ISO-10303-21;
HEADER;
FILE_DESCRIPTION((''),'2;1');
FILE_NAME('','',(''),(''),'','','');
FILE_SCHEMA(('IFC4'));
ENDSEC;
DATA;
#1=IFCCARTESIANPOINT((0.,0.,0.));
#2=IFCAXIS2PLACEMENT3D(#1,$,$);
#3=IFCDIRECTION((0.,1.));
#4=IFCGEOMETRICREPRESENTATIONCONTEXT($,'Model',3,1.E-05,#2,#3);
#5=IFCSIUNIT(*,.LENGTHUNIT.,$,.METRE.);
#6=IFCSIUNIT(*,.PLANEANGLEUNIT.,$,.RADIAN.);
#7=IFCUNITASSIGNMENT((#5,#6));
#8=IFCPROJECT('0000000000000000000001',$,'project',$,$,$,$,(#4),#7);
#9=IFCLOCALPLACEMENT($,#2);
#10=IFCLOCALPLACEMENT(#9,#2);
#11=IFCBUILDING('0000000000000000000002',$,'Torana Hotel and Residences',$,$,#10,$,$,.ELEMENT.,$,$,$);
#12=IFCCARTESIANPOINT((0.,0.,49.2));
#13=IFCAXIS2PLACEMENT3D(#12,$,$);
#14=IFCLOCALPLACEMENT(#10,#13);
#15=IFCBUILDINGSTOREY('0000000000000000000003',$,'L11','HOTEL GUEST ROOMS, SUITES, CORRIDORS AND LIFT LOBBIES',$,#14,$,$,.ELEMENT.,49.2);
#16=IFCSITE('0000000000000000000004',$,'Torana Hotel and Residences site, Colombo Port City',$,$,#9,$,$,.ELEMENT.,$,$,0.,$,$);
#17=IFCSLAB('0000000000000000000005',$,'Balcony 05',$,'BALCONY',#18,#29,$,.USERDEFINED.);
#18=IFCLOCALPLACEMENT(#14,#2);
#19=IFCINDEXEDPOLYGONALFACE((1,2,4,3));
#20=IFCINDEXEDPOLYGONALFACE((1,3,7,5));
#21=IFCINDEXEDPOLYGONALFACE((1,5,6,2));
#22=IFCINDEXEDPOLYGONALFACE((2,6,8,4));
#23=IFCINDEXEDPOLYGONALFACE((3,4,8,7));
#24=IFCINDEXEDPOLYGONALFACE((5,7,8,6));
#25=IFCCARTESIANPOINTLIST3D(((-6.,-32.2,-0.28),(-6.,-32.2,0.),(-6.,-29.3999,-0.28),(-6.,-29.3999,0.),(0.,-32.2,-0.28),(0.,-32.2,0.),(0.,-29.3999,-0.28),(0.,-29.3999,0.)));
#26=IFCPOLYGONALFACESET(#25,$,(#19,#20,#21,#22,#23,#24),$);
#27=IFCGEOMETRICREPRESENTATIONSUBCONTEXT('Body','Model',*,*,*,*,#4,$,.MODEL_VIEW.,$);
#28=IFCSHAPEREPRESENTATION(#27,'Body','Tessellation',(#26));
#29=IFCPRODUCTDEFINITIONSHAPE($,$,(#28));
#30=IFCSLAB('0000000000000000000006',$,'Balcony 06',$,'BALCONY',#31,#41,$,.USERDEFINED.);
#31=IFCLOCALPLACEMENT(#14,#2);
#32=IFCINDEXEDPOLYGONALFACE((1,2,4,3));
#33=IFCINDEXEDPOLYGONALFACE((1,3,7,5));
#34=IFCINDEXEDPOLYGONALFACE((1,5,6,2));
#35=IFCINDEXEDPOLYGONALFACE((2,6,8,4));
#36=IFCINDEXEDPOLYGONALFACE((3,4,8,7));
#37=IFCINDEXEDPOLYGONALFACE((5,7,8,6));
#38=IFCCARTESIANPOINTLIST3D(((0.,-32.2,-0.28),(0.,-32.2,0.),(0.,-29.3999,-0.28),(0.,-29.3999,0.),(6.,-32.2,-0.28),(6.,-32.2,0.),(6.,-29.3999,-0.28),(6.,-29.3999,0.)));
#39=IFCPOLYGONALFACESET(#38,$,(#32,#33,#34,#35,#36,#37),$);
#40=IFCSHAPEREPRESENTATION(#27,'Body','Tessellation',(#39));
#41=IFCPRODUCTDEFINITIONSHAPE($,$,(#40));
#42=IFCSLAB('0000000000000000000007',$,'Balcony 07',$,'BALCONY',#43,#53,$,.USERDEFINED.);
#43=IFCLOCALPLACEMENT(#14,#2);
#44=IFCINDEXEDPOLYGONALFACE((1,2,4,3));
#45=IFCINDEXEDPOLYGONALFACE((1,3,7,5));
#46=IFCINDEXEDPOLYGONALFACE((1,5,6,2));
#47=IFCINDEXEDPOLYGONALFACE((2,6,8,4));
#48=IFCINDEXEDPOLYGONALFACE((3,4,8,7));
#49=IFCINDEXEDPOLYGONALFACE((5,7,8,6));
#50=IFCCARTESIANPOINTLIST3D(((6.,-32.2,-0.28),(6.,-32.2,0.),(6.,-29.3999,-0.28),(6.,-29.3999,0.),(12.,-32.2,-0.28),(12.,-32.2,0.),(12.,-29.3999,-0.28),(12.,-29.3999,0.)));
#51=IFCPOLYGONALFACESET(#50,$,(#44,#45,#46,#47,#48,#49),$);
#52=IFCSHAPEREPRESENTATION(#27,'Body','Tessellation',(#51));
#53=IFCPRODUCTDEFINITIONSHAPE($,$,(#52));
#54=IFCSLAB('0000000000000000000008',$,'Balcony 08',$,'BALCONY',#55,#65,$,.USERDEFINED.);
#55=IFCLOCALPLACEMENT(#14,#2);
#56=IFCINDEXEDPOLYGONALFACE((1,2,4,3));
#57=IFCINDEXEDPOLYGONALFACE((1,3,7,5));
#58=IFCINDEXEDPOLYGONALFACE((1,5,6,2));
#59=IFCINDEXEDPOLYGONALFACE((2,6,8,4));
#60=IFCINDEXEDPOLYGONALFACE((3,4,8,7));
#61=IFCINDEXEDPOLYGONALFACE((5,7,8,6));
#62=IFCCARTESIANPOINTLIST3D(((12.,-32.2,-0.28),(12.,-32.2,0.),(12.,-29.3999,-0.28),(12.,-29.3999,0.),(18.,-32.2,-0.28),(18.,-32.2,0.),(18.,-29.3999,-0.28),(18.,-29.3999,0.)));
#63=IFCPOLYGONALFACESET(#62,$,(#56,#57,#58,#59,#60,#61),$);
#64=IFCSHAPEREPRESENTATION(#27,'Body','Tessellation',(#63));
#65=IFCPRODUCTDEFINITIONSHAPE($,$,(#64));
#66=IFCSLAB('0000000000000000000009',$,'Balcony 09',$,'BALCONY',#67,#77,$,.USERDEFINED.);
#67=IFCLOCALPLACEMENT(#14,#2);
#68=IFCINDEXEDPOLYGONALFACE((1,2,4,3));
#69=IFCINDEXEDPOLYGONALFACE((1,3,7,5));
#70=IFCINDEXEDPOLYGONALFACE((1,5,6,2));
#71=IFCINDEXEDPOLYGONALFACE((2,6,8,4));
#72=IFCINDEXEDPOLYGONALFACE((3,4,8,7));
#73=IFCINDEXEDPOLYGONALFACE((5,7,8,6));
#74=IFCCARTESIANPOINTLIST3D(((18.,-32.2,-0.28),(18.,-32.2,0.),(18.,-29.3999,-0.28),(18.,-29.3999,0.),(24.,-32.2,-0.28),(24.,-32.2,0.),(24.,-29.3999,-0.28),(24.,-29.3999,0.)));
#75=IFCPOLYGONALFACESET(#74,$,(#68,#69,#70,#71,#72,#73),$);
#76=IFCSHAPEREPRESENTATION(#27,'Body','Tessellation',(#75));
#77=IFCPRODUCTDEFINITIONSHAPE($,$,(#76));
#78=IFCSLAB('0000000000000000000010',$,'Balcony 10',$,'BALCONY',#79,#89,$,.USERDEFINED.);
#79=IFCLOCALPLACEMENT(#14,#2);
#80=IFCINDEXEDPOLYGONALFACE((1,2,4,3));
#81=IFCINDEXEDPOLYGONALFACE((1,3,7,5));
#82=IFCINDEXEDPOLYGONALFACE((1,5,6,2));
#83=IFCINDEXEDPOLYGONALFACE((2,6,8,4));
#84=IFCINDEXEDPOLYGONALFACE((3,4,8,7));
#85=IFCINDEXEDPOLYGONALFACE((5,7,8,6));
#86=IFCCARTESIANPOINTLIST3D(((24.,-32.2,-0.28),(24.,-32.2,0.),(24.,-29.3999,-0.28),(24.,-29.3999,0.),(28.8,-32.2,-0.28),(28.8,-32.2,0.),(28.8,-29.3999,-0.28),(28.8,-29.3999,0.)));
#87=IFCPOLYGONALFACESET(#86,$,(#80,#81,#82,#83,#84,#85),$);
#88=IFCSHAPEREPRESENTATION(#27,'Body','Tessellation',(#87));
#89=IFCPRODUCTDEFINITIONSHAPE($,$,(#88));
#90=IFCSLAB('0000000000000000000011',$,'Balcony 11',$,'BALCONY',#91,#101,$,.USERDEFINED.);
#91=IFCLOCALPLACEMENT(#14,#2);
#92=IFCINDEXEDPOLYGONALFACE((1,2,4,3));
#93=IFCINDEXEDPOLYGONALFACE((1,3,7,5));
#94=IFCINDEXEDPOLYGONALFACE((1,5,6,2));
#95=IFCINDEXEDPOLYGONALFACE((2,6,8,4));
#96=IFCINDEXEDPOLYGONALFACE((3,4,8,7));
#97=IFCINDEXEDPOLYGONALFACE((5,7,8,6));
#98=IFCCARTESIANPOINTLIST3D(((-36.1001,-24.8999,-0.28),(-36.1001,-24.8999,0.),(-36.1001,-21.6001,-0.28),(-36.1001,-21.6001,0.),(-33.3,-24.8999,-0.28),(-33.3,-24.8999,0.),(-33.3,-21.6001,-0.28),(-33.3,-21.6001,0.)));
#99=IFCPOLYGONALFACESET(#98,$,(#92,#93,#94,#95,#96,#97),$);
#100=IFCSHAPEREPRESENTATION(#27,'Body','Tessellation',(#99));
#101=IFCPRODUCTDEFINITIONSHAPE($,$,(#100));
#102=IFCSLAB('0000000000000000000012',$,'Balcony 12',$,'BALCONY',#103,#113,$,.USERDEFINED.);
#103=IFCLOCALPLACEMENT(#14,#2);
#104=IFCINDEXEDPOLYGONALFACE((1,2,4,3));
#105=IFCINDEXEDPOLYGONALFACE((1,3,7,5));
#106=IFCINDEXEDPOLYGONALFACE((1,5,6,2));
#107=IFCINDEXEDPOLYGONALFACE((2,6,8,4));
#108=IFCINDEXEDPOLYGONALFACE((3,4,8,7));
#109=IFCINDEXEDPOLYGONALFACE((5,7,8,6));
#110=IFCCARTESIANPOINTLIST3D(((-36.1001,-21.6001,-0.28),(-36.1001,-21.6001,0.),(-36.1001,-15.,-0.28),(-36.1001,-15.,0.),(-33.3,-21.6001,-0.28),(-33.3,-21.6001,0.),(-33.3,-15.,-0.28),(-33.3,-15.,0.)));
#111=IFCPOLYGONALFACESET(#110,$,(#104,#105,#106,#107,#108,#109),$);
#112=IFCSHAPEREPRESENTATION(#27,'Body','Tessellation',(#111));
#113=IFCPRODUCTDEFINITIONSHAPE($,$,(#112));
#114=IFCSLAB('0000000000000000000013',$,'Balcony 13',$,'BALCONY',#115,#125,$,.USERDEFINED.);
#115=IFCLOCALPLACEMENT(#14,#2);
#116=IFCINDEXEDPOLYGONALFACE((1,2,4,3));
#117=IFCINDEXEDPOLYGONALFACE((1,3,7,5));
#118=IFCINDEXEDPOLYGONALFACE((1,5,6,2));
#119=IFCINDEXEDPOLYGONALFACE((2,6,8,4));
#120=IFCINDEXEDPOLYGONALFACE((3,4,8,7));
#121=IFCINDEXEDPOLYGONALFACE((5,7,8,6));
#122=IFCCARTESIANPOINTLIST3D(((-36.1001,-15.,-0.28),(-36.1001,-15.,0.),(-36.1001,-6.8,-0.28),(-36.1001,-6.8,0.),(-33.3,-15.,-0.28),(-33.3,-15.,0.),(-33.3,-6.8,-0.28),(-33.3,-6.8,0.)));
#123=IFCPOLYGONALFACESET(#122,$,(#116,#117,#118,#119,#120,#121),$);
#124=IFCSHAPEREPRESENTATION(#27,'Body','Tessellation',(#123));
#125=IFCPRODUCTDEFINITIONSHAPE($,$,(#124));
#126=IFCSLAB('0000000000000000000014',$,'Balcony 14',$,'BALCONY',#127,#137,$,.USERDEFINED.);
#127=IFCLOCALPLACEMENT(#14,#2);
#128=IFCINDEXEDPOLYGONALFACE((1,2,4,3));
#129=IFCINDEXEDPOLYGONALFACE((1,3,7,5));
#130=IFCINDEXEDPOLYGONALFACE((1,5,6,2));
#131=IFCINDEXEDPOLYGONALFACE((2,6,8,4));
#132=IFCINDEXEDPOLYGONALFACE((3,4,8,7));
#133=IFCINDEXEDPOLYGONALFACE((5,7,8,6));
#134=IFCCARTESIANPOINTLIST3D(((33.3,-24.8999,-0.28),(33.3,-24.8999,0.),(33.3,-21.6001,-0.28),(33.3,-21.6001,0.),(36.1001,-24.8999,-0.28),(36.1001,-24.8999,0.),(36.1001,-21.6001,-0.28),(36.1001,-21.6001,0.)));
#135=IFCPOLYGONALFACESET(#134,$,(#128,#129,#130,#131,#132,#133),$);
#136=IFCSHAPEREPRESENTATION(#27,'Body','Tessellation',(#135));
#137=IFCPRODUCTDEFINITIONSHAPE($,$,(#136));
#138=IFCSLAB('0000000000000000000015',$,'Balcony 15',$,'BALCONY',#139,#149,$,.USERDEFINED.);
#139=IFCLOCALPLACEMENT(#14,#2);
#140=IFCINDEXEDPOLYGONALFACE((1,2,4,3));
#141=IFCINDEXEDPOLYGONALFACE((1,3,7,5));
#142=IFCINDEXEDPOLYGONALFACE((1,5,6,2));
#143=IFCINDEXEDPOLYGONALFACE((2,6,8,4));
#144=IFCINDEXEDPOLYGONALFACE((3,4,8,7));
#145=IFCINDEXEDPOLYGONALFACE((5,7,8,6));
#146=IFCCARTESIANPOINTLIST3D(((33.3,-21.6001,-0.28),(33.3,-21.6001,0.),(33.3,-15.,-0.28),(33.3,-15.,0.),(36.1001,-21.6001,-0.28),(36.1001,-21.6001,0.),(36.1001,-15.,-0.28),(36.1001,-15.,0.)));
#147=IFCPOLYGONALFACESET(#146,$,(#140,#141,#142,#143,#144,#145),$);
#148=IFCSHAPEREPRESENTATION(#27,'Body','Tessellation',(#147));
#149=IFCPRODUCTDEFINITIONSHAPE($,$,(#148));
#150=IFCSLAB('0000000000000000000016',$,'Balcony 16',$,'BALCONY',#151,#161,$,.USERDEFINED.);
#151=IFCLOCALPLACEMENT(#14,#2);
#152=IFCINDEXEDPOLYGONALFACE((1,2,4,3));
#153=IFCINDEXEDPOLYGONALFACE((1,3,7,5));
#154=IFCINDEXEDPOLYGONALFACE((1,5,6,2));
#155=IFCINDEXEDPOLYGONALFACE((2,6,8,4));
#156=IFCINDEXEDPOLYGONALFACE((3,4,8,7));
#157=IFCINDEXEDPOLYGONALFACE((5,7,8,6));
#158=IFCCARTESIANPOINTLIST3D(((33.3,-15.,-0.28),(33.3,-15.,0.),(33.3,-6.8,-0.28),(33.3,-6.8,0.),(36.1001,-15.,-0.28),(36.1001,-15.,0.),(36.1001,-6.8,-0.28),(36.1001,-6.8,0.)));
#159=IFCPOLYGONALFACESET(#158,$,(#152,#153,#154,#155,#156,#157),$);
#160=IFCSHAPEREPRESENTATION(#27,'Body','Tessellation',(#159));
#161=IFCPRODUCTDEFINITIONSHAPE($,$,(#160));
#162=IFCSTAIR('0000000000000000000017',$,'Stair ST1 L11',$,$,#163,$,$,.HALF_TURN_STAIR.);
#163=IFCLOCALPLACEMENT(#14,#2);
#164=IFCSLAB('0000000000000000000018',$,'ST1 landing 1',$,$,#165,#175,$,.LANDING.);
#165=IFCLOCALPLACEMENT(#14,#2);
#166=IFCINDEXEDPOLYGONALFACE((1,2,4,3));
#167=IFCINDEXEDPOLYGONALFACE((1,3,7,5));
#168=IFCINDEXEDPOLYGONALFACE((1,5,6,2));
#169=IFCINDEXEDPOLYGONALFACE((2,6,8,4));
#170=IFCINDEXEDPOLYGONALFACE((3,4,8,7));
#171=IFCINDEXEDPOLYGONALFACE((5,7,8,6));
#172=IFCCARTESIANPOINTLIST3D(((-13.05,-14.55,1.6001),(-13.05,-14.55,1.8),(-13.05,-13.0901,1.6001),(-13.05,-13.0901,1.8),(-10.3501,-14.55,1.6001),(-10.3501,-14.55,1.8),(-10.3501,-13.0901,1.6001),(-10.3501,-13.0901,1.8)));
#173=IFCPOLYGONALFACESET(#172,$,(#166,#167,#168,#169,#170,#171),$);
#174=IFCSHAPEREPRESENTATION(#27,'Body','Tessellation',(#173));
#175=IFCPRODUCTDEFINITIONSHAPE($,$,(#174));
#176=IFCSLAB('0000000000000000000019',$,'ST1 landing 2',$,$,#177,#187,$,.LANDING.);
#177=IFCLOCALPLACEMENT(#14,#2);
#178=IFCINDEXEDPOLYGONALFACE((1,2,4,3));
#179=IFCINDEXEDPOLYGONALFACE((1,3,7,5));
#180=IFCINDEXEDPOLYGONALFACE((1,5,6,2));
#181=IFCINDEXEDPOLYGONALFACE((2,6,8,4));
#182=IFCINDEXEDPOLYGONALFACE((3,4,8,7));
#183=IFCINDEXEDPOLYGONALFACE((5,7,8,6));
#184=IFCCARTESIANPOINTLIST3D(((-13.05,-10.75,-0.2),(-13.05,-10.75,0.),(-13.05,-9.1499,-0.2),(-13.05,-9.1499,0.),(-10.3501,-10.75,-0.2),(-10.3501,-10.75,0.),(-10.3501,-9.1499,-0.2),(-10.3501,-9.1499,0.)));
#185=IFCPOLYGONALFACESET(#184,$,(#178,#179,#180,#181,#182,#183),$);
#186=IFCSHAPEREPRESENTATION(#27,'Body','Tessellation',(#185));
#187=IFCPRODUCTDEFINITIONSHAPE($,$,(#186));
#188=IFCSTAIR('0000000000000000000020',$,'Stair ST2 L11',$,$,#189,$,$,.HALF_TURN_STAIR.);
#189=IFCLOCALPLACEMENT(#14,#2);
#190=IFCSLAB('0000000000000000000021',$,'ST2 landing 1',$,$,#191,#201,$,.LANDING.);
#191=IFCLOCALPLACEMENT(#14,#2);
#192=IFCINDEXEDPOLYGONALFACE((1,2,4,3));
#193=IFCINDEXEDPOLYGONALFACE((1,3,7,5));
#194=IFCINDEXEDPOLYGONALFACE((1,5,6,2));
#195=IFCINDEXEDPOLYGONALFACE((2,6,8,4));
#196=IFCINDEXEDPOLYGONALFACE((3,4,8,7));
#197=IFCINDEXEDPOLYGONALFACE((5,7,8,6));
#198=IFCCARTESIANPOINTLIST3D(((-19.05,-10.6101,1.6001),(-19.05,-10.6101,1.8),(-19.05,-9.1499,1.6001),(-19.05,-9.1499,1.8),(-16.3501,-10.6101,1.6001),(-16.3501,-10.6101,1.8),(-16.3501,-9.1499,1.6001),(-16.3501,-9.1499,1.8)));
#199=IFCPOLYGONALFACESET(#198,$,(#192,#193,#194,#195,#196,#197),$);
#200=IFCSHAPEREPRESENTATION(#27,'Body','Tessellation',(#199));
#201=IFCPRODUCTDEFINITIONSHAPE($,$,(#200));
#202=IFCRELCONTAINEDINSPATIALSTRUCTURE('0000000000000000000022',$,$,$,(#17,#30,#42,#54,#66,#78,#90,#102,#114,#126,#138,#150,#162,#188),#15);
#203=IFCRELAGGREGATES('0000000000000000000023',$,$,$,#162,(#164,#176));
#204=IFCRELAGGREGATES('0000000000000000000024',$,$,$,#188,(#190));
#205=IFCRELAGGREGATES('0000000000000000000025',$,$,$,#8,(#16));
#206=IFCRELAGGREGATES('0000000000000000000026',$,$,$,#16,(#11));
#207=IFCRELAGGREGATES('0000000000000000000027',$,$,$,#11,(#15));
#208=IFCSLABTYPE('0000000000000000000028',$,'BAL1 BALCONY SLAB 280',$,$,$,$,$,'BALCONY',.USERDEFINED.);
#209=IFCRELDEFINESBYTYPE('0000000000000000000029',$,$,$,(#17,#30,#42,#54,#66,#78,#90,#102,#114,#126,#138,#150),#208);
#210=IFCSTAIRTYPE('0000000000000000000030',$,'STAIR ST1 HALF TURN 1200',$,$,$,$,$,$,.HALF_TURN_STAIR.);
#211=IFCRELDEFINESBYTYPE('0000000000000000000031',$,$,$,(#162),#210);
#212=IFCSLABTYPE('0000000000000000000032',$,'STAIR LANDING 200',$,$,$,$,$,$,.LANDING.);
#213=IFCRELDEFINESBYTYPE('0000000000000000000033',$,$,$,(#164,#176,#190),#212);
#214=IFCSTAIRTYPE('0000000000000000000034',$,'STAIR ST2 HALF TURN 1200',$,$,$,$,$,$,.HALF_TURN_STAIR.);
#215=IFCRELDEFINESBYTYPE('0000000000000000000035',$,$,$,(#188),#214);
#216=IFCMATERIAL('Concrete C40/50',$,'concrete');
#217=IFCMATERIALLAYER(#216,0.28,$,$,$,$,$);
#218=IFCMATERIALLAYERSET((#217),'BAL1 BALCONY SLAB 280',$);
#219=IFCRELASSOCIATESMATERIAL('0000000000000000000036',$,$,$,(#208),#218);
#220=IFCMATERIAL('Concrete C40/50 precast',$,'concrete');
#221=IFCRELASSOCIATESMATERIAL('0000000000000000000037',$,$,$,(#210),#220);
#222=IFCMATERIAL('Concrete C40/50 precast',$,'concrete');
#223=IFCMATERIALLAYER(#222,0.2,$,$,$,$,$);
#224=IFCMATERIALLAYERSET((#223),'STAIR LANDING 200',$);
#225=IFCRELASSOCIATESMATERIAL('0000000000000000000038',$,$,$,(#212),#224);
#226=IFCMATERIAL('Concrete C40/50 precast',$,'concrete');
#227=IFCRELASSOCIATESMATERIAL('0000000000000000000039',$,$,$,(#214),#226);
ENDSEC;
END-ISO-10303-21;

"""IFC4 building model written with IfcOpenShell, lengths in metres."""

from ifc_helpers import new_model, si_unit, direction, frame, origin, place, context, subcontext, project, spatial, polyline, outline, extrude, material, layer, layer_set, type_object, element, aggregate, save


model = new_model("IFC4")

# Units and contexts
model_context = context("Model", 3, precision=1e-05, world=origin(), true_north=direction((0.0, 1.0)))
body_context = subcontext(model_context, "Body", "Model", "MODEL_VIEW")
ifc_project = project(units=[si_unit("LENGTHUNIT", "METRE"), si_unit("PLANEANGLEUNIT", "RADIAN")], contexts=[model_context])

# Site, building, storey
site_placement = place(None, origin())
site = spatial("IfcSite", under=ifc_project, at=site_placement, Name="Torana Hotel and Residences site, Colombo Port City", CompositionType="ELEMENT", RefElevation=0.0)
building_placement = place(site_placement, origin())
building = spatial("IfcBuilding", under=site, at=building_placement, Name="Torana Hotel and Residences", CompositionType="ELEMENT")
storey_placement = place(building_placement, frame((0.0, 0.0, 49.2)))
storey = spatial("IfcBuildingStorey", under=building, at=storey_placement, Name="L11", Description="HOTEL GUEST ROOMS, SUITES, CORRIDORS AND LIFT LOBBIES", CompositionType="ELEMENT", Elevation=49.2)

# Slabs
ifc_material_1 = material(Name="Concrete C40/50", Category="concrete")
ifc_layer_1 = layer(ifc_material_1, 0.28)
ifc_layer_set_1 = layer_set([ifc_layer_1], Name="BAL1 BALCONY SLAB 280")
slab_type_1 = type_object("IfcSlabType", Name="BAL1 BALCONY SLAB 280", ElementType="BALCONY", PredefinedType="USERDEFINED", material=ifc_layer_set_1)
slab_1_placement = place(storey_placement, frame((0.0, 0.0, -0.28)))
element("IfcSlab", 1, at=slab_1_placement, inside=storey, type_object=slab_type_1, Name="Balcony 05", ObjectType="BALCONY", PredefinedType="USERDEFINED", context=body_context, shape_type="SweptSolid", body=[
    extrude(outline(polyline([(-6.0, -32.2), (0.0, -32.2), (0.0, -29.3999), (-6.0, -29.3999), (-6.0, -32.2)])), origin(), (0.0, 0.0, 1.0), 0.28),
])
slab_2_placement = place(storey_placement, frame((0.0, 0.0, -0.28)))
element("IfcSlab", 2, at=slab_2_placement, inside=storey, type_object=slab_type_1, Name="Balcony 06", ObjectType="BALCONY", PredefinedType="USERDEFINED", context=body_context, shape_type="SweptSolid", body=[
    extrude(outline(polyline([(0.0, -32.2), (6.0, -32.2), (6.0, -29.3999), (0.0, -29.3999), (0.0, -32.2)])), origin(), (0.0, 0.0, 1.0), 0.28),
])
slab_3_placement = place(storey_placement, frame((0.0, 0.0, -0.28)))
element("IfcSlab", 3, at=slab_3_placement, inside=storey, type_object=slab_type_1, Name="Balcony 07", ObjectType="BALCONY", PredefinedType="USERDEFINED", context=body_context, shape_type="SweptSolid", body=[
    extrude(outline(polyline([(6.0, -32.2), (12.0, -32.2), (12.0, -29.3999), (6.0, -29.3999), (6.0, -32.2)])), origin(), (0.0, 0.0, 1.0), 0.28),
])
slab_4_placement = place(storey_placement, frame((0.0, 0.0, -0.28)))
element("IfcSlab", 4, at=slab_4_placement, inside=storey, type_object=slab_type_1, Name="Balcony 08", ObjectType="BALCONY", PredefinedType="USERDEFINED", context=body_context, shape_type="SweptSolid", body=[
    extrude(outline(polyline([(12.0, -32.2), (18.0, -32.2), (18.0, -29.3999), (12.0, -29.3999), (12.0, -32.2)])), origin(), (0.0, 0.0, 1.0), 0.28),
])
slab_5_placement = place(storey_placement, frame((0.0, 0.0, -0.28)))
element("IfcSlab", 5, at=slab_5_placement, inside=storey, type_object=slab_type_1, Name="Balcony 09", ObjectType="BALCONY", PredefinedType="USERDEFINED", context=body_context, shape_type="SweptSolid", body=[
    extrude(outline(polyline([(18.0, -32.2), (24.0, -32.2), (24.0, -29.3999), (18.0, -29.3999), (18.0, -32.2)])), origin(), (0.0, 0.0, 1.0), 0.28),
])
slab_6_placement = place(storey_placement, frame((0.0, 0.0, -0.28)))
element("IfcSlab", 6, at=slab_6_placement, inside=storey, type_object=slab_type_1, Name="Balcony 10", ObjectType="BALCONY", PredefinedType="USERDEFINED", context=body_context, shape_type="SweptSolid", body=[
    extrude(outline(polyline([(24.0, -32.2), (28.8, -32.2), (28.8, -29.3999), (24.0, -29.3999), (24.0, -32.2)])), origin(), (0.0, 0.0, 1.0), 0.28),
])
slab_7_placement = place(storey_placement, frame((0.0, 0.0, -0.28)))
element("IfcSlab", 7, at=slab_7_placement, inside=storey, type_object=slab_type_1, Name="Balcony 11", ObjectType="BALCONY", PredefinedType="USERDEFINED", context=body_context, shape_type="SweptSolid", body=[
    extrude(outline(polyline([(-36.1001, -24.8999), (-33.3, -24.8999), (-33.3, -21.6001), (-36.1001, -21.6001), (-36.1001, -24.8999)])), origin(), (0.0, 0.0, 1.0), 0.28),
])
slab_8_placement = place(storey_placement, frame((0.0, 0.0, -0.28)))
element("IfcSlab", 8, at=slab_8_placement, inside=storey, type_object=slab_type_1, Name="Balcony 12", ObjectType="BALCONY", PredefinedType="USERDEFINED", context=body_context, shape_type="SweptSolid", body=[
    extrude(outline(polyline([(-36.1001, -21.6001), (-33.3, -21.6001), (-33.3, -15.0), (-36.1001, -15.0), (-36.1001, -21.6001)])), origin(), (0.0, 0.0, 1.0), 0.28),
])
slab_9_placement = place(storey_placement, frame((0.0, 0.0, -0.28)))
element("IfcSlab", 9, at=slab_9_placement, inside=storey, type_object=slab_type_1, Name="Balcony 13", ObjectType="BALCONY", PredefinedType="USERDEFINED", context=body_context, shape_type="SweptSolid", body=[
    extrude(outline(polyline([(-36.1001, -15.0), (-33.3, -15.0), (-33.3, -6.8), (-36.1001, -6.8), (-36.1001, -15.0)])), origin(), (0.0, 0.0, 1.0), 0.28),
])
slab_10_placement = place(storey_placement, frame((0.0, 0.0, -0.28)))
element("IfcSlab", 10, at=slab_10_placement, inside=storey, type_object=slab_type_1, Name="Balcony 14", ObjectType="BALCONY", PredefinedType="USERDEFINED", context=body_context, shape_type="SweptSolid", body=[
    extrude(outline(polyline([(33.3, -24.8999), (36.1001, -24.8999), (36.1001, -21.6001), (33.3, -21.6001), (33.3, -24.8999)])), origin(), (0.0, 0.0, 1.0), 0.28),
])
slab_11_placement = place(storey_placement, frame((0.0, 0.0, -0.28)))
element("IfcSlab", 11, at=slab_11_placement, inside=storey, type_object=slab_type_1, Name="Balcony 15", ObjectType="BALCONY", PredefinedType="USERDEFINED", context=body_context, shape_type="SweptSolid", body=[
    extrude(outline(polyline([(33.3, -21.6001), (36.1001, -21.6001), (36.1001, -15.0), (33.3, -15.0), (33.3, -21.6001)])), origin(), (0.0, 0.0, 1.0), 0.28),
])
slab_12_placement = place(storey_placement, frame((0.0, 0.0, -0.28)))
element("IfcSlab", 12, at=slab_12_placement, inside=storey, type_object=slab_type_1, Name="Balcony 16", ObjectType="BALCONY", PredefinedType="USERDEFINED", context=body_context, shape_type="SweptSolid", body=[
    extrude(outline(polyline([(33.3, -15.0), (36.1001, -15.0), (36.1001, -6.8), (33.3, -6.8), (33.3, -15.0)])), origin(), (0.0, 0.0, 1.0), 0.28),
])

# Stairs, slabs
ifc_material_2 = material(Name="Concrete C40/50 precast", Category="concrete")
stair_type_1 = type_object("IfcStairType", Name="STAIR ST1 HALF TURN 1200", PredefinedType="HALF_TURN_STAIR", material=ifc_material_2)
stair_1_placement = place(storey_placement, origin())
stair_1 = element("IfcStair", 13, at=stair_1_placement, inside=storey, type_object=stair_type_1, Name="Stair ST1 L11", PredefinedType="HALF_TURN_STAIR")
ifc_material_3 = material(Name="Concrete C40/50 precast", Category="concrete")
ifc_layer_2 = layer(ifc_material_3, 0.2)
ifc_layer_set_2 = layer_set([ifc_layer_2], Name="STAIR LANDING 200")
slab_type_2 = type_object("IfcSlabType", Name="STAIR LANDING 200", PredefinedType="LANDING", material=ifc_layer_set_2)
slab_13_placement = place(storey_placement, frame((0.0, 0.0, 1.6001)))
slab_13 = element("IfcSlab", 14, at=slab_13_placement, type_object=slab_type_2, Name="ST1 landing 1", PredefinedType="LANDING", context=body_context, shape_type="SweptSolid", body=[
    extrude(outline(polyline([(-13.05, -14.55), (-10.3501, -14.55), (-10.3501, -13.0901), (-13.05, -13.0901), (-13.05, -14.55)])), origin(), (0.0, 0.0, 1.0), 0.2),
])
slab_14_placement = place(storey_placement, frame((0.0, 0.0, -0.2)))
slab_14 = element("IfcSlab", 15, at=slab_14_placement, type_object=slab_type_2, Name="ST1 landing 2", PredefinedType="LANDING", context=body_context, shape_type="SweptSolid", body=[
    extrude(outline(polyline([(-13.05, -10.75), (-10.3501, -10.75), (-10.3501, -9.1499), (-13.05, -9.1499), (-13.05, -10.75)])), origin(), (0.0, 0.0, 1.0), 0.2),
])
aggregate(stair_1, [slab_13, slab_14])
ifc_material_4 = material(Name="Concrete C40/50 precast", Category="concrete")
stair_type_2 = type_object("IfcStairType", Name="STAIR ST2 HALF TURN 1200", PredefinedType="HALF_TURN_STAIR", material=ifc_material_4)
stair_2_placement = place(storey_placement, origin())
stair_2 = element("IfcStair", 16, at=stair_2_placement, inside=storey, type_object=stair_type_2, Name="Stair ST2 L11", PredefinedType="HALF_TURN_STAIR")
slab_15_placement = place(storey_placement, frame((0.0, 0.0, 1.6001)))
slab_15 = element("IfcSlab", 17, at=slab_15_placement, type_object=slab_type_2, Name="ST2 landing 1", PredefinedType="LANDING", context=body_context, shape_type="SweptSolid", body=[
    extrude(outline(polyline([(-19.05, -10.6101), (-16.3501, -10.6101), (-16.3501, -9.1499), (-19.05, -9.1499), (-19.05, -10.6101)])), origin(), (0.0, 0.0, 1.0), 0.2),
])
aggregate(stair_2, [slab_15])

save(model, "model.ifc")
